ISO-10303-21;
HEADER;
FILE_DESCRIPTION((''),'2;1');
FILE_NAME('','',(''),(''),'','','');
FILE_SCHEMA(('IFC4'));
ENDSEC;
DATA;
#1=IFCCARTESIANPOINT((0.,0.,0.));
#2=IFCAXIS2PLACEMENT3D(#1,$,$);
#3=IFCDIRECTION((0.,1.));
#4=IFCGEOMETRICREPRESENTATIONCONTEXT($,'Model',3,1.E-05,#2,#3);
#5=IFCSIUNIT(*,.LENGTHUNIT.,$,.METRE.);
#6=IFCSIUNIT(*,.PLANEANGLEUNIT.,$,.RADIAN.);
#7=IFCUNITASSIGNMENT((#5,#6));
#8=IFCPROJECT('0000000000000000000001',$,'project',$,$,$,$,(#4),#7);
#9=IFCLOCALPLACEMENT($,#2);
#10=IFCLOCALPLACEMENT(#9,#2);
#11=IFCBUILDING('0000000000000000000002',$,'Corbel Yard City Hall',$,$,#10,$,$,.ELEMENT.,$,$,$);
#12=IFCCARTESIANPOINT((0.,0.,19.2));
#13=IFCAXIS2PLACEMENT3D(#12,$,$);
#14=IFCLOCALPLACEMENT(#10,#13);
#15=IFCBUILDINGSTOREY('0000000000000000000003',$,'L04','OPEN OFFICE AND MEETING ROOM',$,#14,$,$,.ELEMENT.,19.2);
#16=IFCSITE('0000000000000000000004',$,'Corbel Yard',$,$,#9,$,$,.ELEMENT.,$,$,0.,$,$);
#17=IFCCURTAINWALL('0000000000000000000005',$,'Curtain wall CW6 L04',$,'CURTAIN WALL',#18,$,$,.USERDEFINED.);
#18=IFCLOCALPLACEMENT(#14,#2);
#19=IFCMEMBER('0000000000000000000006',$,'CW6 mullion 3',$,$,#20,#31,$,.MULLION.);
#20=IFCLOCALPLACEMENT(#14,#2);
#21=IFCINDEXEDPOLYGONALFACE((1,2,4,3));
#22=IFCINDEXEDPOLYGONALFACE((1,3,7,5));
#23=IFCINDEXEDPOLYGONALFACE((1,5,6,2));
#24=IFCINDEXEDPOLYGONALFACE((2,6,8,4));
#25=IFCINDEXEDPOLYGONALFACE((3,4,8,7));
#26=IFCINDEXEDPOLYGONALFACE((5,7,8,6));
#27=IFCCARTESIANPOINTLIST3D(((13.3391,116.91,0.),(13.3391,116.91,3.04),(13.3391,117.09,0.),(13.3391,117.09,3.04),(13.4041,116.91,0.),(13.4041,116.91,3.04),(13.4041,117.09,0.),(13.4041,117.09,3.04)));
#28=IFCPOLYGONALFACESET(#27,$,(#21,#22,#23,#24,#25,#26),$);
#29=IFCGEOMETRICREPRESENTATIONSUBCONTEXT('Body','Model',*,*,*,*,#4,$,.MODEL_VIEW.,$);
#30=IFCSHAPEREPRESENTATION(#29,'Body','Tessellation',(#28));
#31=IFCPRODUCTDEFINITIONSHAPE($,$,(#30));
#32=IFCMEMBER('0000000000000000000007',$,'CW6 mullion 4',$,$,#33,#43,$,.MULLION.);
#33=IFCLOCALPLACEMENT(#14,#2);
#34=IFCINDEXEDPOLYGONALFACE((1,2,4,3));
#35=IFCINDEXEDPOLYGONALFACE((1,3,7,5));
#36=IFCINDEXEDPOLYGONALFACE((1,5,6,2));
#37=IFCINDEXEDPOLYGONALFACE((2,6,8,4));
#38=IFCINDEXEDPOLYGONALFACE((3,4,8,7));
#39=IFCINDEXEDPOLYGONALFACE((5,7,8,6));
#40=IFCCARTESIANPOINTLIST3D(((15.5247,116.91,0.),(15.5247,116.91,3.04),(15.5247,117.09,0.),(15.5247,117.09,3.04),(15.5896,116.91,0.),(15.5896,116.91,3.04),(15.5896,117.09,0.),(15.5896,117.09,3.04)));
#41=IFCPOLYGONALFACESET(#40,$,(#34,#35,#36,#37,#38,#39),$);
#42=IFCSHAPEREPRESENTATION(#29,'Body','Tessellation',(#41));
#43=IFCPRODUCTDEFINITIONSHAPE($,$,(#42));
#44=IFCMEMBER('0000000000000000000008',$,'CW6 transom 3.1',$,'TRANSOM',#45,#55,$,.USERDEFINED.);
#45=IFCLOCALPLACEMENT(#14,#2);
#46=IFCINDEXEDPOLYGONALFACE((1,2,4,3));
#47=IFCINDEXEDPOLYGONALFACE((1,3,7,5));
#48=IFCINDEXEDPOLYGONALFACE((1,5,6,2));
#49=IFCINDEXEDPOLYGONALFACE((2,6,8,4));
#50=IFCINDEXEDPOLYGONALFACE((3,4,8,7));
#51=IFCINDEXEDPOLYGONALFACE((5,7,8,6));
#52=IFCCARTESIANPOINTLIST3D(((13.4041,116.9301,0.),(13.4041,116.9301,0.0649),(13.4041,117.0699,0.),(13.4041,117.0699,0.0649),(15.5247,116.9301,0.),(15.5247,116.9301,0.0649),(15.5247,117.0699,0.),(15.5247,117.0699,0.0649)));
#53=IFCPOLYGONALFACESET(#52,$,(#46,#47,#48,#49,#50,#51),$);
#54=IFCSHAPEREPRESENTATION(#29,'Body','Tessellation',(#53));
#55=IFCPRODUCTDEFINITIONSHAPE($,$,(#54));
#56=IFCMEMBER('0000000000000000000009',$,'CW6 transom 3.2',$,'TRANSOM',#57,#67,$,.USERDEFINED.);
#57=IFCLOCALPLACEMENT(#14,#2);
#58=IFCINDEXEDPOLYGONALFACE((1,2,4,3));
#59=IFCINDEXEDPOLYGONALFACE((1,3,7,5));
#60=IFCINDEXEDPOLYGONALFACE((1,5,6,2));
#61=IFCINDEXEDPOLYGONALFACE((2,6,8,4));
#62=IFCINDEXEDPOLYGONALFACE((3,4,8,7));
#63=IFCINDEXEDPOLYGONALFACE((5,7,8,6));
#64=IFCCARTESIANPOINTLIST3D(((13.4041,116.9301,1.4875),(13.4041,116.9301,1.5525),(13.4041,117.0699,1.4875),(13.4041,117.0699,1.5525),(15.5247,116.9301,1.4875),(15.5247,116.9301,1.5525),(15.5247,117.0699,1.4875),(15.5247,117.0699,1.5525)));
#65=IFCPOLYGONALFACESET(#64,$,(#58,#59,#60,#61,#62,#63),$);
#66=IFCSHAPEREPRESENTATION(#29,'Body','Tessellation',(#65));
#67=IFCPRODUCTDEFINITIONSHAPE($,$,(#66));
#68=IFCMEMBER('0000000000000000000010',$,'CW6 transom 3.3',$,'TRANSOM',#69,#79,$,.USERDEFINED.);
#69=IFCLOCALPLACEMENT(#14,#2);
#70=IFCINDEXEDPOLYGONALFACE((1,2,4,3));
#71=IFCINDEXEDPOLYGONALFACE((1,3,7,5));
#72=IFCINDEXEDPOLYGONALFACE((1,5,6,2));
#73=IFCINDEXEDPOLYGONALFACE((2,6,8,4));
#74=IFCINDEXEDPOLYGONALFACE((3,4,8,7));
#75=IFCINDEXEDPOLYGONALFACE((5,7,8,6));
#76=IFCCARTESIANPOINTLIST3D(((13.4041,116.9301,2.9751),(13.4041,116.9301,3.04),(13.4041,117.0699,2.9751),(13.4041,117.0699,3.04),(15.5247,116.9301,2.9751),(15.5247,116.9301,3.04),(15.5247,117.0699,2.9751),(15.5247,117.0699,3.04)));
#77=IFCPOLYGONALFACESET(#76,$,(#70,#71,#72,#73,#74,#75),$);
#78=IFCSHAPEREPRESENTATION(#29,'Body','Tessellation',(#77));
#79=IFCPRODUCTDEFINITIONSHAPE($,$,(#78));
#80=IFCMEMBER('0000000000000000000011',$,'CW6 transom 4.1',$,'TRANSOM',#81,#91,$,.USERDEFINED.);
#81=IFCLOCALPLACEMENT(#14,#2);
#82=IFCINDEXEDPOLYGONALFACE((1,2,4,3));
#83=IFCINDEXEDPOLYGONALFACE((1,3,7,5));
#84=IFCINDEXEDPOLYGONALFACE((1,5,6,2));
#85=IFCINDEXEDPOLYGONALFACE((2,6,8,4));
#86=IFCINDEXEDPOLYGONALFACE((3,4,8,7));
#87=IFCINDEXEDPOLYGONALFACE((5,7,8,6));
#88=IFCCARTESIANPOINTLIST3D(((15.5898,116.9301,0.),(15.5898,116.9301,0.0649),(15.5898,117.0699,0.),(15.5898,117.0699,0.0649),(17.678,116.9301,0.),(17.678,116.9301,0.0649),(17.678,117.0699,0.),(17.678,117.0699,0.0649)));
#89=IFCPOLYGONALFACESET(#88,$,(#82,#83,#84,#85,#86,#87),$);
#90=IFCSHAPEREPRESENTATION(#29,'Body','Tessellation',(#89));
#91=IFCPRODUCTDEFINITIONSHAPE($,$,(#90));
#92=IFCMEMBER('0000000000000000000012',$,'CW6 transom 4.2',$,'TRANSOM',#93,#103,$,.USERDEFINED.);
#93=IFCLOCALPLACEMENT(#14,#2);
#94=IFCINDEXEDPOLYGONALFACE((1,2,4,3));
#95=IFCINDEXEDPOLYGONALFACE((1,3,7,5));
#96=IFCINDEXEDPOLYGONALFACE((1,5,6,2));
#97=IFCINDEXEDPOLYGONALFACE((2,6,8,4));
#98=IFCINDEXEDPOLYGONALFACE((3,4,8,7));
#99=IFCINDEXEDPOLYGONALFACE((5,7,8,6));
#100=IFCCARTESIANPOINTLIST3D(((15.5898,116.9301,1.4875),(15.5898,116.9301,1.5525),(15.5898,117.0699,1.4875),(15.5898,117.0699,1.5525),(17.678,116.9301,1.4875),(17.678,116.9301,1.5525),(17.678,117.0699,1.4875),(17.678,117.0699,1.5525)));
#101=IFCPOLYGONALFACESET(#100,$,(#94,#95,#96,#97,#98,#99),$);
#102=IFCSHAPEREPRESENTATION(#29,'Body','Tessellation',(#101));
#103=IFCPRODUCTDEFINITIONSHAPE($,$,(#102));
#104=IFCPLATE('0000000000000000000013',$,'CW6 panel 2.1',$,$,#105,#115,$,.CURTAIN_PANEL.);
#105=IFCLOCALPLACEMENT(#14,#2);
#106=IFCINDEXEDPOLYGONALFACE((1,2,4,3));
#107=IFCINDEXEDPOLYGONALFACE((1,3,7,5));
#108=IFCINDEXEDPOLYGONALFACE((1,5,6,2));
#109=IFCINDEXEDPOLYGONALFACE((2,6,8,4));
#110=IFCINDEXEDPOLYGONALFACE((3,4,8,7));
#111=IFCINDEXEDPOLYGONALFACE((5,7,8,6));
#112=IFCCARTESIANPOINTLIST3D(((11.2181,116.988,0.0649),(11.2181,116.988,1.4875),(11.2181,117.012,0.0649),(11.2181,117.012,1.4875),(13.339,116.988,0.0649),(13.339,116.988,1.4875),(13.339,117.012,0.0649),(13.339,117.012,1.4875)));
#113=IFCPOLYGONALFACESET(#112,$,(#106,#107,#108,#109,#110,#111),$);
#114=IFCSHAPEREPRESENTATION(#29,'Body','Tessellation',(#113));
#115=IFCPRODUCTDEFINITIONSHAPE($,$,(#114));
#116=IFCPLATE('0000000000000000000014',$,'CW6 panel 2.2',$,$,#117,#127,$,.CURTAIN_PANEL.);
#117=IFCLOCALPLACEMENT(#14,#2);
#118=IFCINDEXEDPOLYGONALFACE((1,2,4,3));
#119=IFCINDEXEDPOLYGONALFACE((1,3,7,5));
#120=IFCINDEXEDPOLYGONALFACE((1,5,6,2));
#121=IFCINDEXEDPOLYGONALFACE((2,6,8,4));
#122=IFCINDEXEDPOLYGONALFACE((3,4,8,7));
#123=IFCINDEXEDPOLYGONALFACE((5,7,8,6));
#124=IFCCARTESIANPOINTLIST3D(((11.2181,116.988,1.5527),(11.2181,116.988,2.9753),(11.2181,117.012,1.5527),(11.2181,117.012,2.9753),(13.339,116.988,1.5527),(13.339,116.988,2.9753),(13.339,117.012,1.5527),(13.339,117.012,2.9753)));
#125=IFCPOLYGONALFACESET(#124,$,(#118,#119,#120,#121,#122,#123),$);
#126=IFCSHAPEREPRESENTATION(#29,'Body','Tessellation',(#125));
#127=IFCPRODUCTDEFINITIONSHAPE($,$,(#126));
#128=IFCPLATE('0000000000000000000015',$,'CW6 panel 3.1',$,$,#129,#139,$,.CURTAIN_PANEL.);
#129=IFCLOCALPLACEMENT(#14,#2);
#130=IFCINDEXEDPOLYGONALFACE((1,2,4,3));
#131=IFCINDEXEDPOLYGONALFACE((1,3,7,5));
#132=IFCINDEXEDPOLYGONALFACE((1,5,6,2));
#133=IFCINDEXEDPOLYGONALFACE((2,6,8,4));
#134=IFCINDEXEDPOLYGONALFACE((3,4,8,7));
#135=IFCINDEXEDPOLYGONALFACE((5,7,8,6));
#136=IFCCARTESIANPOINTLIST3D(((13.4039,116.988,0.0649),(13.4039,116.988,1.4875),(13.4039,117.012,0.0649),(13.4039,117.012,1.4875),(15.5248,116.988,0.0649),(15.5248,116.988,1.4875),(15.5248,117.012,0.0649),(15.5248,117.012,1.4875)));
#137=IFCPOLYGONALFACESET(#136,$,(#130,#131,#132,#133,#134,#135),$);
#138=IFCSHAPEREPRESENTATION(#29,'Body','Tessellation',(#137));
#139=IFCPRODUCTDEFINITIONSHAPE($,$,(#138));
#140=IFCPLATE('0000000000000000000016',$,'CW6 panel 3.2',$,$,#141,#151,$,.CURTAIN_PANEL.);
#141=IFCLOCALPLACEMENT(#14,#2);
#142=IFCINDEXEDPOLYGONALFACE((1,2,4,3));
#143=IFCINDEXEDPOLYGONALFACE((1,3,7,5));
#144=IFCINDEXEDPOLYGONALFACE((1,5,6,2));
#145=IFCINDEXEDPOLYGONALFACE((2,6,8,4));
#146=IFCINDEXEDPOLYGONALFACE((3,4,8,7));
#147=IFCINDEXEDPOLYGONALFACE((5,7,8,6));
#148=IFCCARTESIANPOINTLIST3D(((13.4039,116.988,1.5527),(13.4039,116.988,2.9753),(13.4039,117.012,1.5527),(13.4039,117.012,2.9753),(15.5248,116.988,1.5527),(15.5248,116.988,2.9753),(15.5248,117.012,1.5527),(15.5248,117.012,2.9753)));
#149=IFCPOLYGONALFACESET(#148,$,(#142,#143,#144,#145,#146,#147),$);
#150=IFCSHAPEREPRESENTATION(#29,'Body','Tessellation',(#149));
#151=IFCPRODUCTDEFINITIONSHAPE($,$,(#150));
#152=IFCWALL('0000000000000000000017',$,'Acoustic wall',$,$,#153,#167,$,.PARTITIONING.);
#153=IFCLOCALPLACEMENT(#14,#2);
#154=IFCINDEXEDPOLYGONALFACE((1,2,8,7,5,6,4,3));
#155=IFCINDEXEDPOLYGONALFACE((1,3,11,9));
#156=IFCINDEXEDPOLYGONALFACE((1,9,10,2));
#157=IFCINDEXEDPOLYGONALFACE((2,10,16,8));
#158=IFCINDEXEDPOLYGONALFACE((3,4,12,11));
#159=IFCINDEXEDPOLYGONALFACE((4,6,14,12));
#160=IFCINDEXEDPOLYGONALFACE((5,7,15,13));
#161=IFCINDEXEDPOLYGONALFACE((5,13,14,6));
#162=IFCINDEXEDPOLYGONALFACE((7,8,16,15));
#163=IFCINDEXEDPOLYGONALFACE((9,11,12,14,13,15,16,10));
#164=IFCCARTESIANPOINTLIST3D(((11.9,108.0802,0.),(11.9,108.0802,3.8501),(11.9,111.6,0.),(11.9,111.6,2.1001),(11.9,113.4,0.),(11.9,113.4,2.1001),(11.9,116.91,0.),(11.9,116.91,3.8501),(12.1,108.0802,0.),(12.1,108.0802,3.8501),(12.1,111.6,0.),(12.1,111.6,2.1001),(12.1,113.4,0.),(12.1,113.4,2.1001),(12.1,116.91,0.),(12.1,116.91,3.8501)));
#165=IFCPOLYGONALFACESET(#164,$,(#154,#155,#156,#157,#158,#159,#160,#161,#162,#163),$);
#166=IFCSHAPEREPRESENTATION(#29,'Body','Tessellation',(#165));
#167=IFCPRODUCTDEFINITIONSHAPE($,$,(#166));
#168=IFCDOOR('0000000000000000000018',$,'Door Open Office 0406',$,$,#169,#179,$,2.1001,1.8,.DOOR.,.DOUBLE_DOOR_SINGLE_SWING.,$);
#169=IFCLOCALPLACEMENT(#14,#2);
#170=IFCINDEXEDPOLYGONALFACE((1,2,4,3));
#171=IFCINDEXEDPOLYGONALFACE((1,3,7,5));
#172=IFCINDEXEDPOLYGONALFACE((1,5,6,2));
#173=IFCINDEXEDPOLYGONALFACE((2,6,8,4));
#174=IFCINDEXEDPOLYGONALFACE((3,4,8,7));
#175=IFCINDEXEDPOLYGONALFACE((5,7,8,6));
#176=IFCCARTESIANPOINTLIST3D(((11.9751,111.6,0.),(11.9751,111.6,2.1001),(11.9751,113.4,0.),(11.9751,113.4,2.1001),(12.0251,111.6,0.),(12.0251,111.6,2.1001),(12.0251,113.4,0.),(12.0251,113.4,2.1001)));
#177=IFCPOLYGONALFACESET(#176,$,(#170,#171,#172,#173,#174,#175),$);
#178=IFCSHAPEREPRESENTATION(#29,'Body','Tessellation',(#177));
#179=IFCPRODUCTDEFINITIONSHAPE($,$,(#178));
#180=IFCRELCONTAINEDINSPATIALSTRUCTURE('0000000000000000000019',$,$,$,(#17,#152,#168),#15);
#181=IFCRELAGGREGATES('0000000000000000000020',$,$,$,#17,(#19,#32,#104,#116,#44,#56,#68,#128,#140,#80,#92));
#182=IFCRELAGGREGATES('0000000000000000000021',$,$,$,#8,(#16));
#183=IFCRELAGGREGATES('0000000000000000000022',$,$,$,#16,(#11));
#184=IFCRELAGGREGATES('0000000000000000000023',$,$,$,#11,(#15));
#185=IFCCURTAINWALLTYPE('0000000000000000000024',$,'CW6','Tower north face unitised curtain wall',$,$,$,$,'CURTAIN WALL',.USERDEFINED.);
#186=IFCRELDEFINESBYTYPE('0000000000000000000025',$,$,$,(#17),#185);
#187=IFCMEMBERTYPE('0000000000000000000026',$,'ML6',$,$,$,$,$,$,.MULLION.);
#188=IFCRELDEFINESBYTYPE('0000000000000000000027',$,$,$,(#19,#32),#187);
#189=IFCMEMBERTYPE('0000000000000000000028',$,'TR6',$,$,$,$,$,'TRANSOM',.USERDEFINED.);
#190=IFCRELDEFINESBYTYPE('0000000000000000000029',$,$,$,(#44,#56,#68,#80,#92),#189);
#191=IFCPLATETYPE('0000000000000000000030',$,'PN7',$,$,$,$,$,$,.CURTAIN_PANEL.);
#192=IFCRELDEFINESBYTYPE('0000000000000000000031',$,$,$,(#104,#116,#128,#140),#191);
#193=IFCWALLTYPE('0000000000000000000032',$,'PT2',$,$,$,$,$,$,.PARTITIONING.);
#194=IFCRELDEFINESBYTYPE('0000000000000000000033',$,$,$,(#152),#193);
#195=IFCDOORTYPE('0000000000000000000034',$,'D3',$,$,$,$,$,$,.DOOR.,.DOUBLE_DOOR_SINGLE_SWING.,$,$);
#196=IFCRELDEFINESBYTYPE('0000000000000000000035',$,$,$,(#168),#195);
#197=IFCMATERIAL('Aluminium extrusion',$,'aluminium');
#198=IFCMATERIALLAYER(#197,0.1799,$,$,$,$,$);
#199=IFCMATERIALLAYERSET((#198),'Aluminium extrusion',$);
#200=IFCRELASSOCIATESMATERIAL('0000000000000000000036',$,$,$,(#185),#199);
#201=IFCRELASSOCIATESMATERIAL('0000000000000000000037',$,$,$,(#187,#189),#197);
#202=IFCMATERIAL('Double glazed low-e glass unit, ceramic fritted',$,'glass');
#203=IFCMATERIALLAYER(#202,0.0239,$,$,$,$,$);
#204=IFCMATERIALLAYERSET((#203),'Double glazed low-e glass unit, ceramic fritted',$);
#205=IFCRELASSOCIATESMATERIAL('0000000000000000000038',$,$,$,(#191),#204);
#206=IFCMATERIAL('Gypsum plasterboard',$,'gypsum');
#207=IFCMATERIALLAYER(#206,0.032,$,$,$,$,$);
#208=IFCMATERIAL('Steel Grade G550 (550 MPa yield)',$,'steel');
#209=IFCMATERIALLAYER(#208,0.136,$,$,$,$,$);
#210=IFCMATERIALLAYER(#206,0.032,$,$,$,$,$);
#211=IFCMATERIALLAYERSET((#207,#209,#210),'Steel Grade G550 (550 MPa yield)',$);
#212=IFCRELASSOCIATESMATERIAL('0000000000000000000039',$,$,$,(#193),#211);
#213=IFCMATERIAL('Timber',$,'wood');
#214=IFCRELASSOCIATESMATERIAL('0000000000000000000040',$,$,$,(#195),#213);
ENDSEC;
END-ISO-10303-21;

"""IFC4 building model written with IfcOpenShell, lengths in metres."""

from ifc_helpers import new_model, si_unit, direction, frame, frame_2d, origin, origin_2d, place, context, subcontext, project, spatial, rectangle, extrude, material, layer, layer_set, material_profile, profile_set, type_object, element, fill, aggregate, save


model = new_model("IFC4")

# Units and contexts
model_context = context("Model", 3, precision=1e-05, world=origin(), true_north=direction((0.0, 1.0)))
body_context = subcontext(model_context, "Body", "Model", "MODEL_VIEW")
ifc_project = project(units=[si_unit("LENGTHUNIT", "METRE"), si_unit("PLANEANGLEUNIT", "RADIAN")], contexts=[model_context])

# Site, building, storey
site_placement = place(None, origin())
site = spatial("IfcSite", under=ifc_project, at=site_placement, Name="Corbel Yard", CompositionType="ELEMENT", RefElevation=0.0)
building_placement = place(site_placement, origin())
building = spatial("IfcBuilding", under=site, at=building_placement, Name="Corbel Yard City Hall", CompositionType="ELEMENT")
storey_placement = place(building_placement, frame((0.0, 0.0, 19.2)))
storey = spatial("IfcBuildingStorey", under=building, at=storey_placement, Name="L04", Description="OPEN OFFICE AND MEETING ROOM", CompositionType="ELEMENT", Elevation=19.2)

# Curtain wall, members, plates
ifc_material_1 = material(Name="Aluminium extrusion", Category="aluminium")
ifc_layer_1 = layer(ifc_material_1, 0.1799)
ifc_layer_set_1 = layer_set([ifc_layer_1], Name="Aluminium extrusion")
curtain_wall_type = type_object("IfcCurtainWallType", Name="CW6", Description="Tower north face unitised curtain wall", ElementType="CURTAIN WALL", PredefinedType="USERDEFINED", material=ifc_layer_set_1)
curtain_wall_placement = place(storey_placement, origin())
curtain_wall = element("IfcCurtainWall", 1, at=curtain_wall_placement, inside=storey, type_object=curtain_wall_type, Name="Curtain wall CW6 L04", ObjectType="CURTAIN WALL", PredefinedType="USERDEFINED")
ifc_material_profile_1 = material_profile(ifc_material_1, rectangle(XDim=0.1799, YDim=0.0649, at=origin_2d()), Name="180x65")
ifc_profile_set_1 = profile_set([ifc_material_profile_1], Name="Aluminium extrusion")
member_type_1 = type_object("IfcMemberType", Name="ML6", PredefinedType="MULLION", material=ifc_profile_set_1)
member_1_placement = place(storey_placement, frame((13.3716, 117.0, 0.0), z_axis=(0.0, 0.0, 1.0), x_axis=(0.0, 1.0, 0.0)))
member_1 = element("IfcMember", 2, at=member_1_placement, type_object=member_type_1, Name="CW6 mullion 3", PredefinedType="MULLION", context=body_context, shape_type="SweptSolid", body=[
    extrude(rectangle(XDim=0.1799, YDim=0.0649, at=origin_2d()), origin(), (0.0, 0.0, 1.0), 3.04),
])
member_2_placement = place(storey_placement, frame((15.5571, 117.0, 0.0), z_axis=(0.0, 0.0, 1.0), x_axis=(0.0, 1.0, 0.0)))
member_2 = element("IfcMember", 3, at=member_2_placement, type_object=member_type_1, Name="CW6 mullion 4", PredefinedType="MULLION", context=body_context, shape_type="SweptSolid", body=[
    extrude(rectangle(XDim=0.1799, YDim=0.0649, at=origin_2d()), origin(), (0.0, 0.0, 1.0), 3.04),
])
ifc_material_profile_2 = material_profile(ifc_material_1, rectangle(XDim=0.1399, YDim=0.0649, at=origin_2d()), Name="140x65")
ifc_profile_set_2 = profile_set([ifc_material_profile_2], Name="Aluminium extrusion")
member_type_2 = type_object("IfcMemberType", Name="TR6", ElementType="TRANSOM", PredefinedType="USERDEFINED", material=ifc_profile_set_2)
member_3_placement = place(storey_placement, frame((13.4041, 117.0, 0.0325), z_axis=(1.0, 0.0, 0.0), x_axis=(0.0, 1.0, 0.0)))
member_3 = element("IfcMember", 4, at=member_3_placement, type_object=member_type_2, Name="CW6 transom 3.1", ObjectType="TRANSOM", PredefinedType="USERDEFINED", context=body_context, shape_type="SweptSolid", body=[
    extrude(rectangle(XDim=0.1399, YDim=0.0649, at=origin_2d()), origin(), (0.0, 0.0, 1.0), 2.1206),
])
member_4_placement = place(storey_placement, frame((13.4041, 117.0, 1.52), z_axis=(1.0, 0.0, 0.0), x_axis=(0.0, 1.0, 0.0)))
member_4 = element("IfcMember", 5, at=member_4_placement, type_object=member_type_2, Name="CW6 transom 3.2", ObjectType="TRANSOM", PredefinedType="USERDEFINED", context=body_context, shape_type="SweptSolid", body=[
    extrude(rectangle(XDim=0.1399, YDim=0.0649, at=origin_2d()), origin(), (0.0, 0.0, 1.0), 2.1206),
])
member_5_placement = place(storey_placement, frame((13.4041, 117.0, 3.0076), z_axis=(1.0, 0.0, 0.0), x_axis=(0.0, 1.0, 0.0)))
member_5 = element("IfcMember", 6, at=member_5_placement, type_object=member_type_2, Name="CW6 transom 3.3", ObjectType="TRANSOM", PredefinedType="USERDEFINED", context=body_context, shape_type="SweptSolid", body=[
    extrude(rectangle(XDim=0.1399, YDim=0.0649, at=origin_2d()), origin(), (0.0, 0.0, 1.0), 2.1206),
])
member_6_placement = place(storey_placement, frame((15.5898, 117.0, 0.0325), z_axis=(1.0, 0.0, 0.0), x_axis=(0.0, 1.0, 0.0)))
member_6 = element("IfcMember", 7, at=member_6_placement, type_object=member_type_2, Name="CW6 transom 4.1", ObjectType="TRANSOM", PredefinedType="USERDEFINED", context=body_context, shape_type="SweptSolid", body=[
    extrude(rectangle(XDim=0.1399, YDim=0.0649, at=origin_2d()), origin(), (0.0, 0.0, 1.0), 2.0881),
])
member_7_placement = place(storey_placement, frame((15.5898, 117.0, 1.52), z_axis=(1.0, 0.0, 0.0), x_axis=(0.0, 1.0, 0.0)))
member_7 = element("IfcMember", 8, at=member_7_placement, type_object=member_type_2, Name="CW6 transom 4.2", ObjectType="TRANSOM", PredefinedType="USERDEFINED", context=body_context, shape_type="SweptSolid", body=[
    extrude(rectangle(XDim=0.1399, YDim=0.0649, at=origin_2d()), origin(), (0.0, 0.0, 1.0), 2.0881),
])
ifc_material_2 = material(Name="Double glazed low-e glass unit, ceramic fritted", Category="glass")
ifc_layer_2 = layer(ifc_material_2, 0.0239)
ifc_layer_set_2 = layer_set([ifc_layer_2], Name="Double glazed low-e glass unit, ceramic fritted")
plate_type = type_object("IfcPlateType", Name="PN7", PredefinedType="CURTAIN_PANEL", material=ifc_layer_set_2)
plate_1_placement = place(storey_placement, frame((12.2786, 117.0, 0.0649), z_axis=(0.0, 0.0, 1.0), x_axis=(1.0, 0.0, 0.0)))
plate_1 = element("IfcPlate", 9, at=plate_1_placement, type_object=plate_type, Name="CW6 panel 2.1", PredefinedType="CURTAIN_PANEL", context=body_context, shape_type="SweptSolid", body=[
    extrude(rectangle(XDim=2.1208, YDim=0.0239, at=origin_2d()), origin(), (0.0, 0.0, 1.0), 1.4226),
])
plate_2_placement = place(storey_placement, frame((12.2786, 117.0, 1.5527), z_axis=(0.0, 0.0, 1.0), x_axis=(1.0, 0.0, 0.0)))
plate_2 = element("IfcPlate", 10, at=plate_2_placement, type_object=plate_type, Name="CW6 panel 2.2", PredefinedType="CURTAIN_PANEL", context=body_context, shape_type="SweptSolid", body=[
    extrude(rectangle(XDim=2.1208, YDim=0.0239, at=origin_2d()), origin(), (0.0, 0.0, 1.0), 1.4226),
])
plate_3_placement = place(storey_placement, frame((14.4644, 117.0, 0.0649), z_axis=(0.0, 0.0, 1.0), x_axis=(1.0, 0.0, 0.0)))
plate_3 = element("IfcPlate", 11, at=plate_3_placement, type_object=plate_type, Name="CW6 panel 3.1", PredefinedType="CURTAIN_PANEL", context=body_context, shape_type="SweptSolid", body=[
    extrude(rectangle(XDim=2.1208, YDim=0.0239, at=origin_2d()), origin(), (0.0, 0.0, 1.0), 1.4226),
])
plate_4_placement = place(storey_placement, frame((14.4644, 117.0, 1.5527), z_axis=(0.0, 0.0, 1.0), x_axis=(1.0, 0.0, 0.0)))
plate_4 = element("IfcPlate", 12, at=plate_4_placement, type_object=plate_type, Name="CW6 panel 3.2", PredefinedType="CURTAIN_PANEL", context=body_context, shape_type="SweptSolid", body=[
    extrude(rectangle(XDim=2.1208, YDim=0.0239, at=origin_2d()), origin(), (0.0, 0.0, 1.0), 1.4226),
])
aggregate(curtain_wall, [member_1, member_2, plate_1, plate_2, member_3, member_4, member_5, plate_3, plate_4, member_6, member_7])

# Wall, opening, door
ifc_material_3 = material(Name="Gypsum plasterboard", Category="gypsum")
ifc_layer_3 = layer(ifc_material_3, 0.032)
ifc_material_4 = material(Name="Steel Grade G550 (550 MPa yield)", Category="steel")
ifc_layer_4 = layer(ifc_material_4, 0.136)
ifc_layer_5 = layer(ifc_material_3, 0.032)
ifc_layer_set_3 = layer_set([ifc_layer_3, ifc_layer_4, ifc_layer_5], Name="Steel Grade G550 (550 MPa yield)")
wall_type_1 = type_object("IfcWallType", Name="PT2", PredefinedType="PARTITIONING", material=ifc_layer_set_3)
wall_1_placement = place(storey_placement, frame((12.0, 108.0801, 0.0), z_axis=(0.0, 0.0, 1.0), x_axis=(0.0, 1.0, 0.0)))
wall_1 = element("IfcWall", 13, at=wall_1_placement, inside=storey, type_object=wall_type_1, Name="Acoustic wall", PredefinedType="PARTITIONING", context=body_context, shape_type="SweptSolid", body=[
    extrude(rectangle(XDim=8.8298, YDim=0.2, at=frame_2d((4.415, 0.0))), origin(), (0.0, 0.0, 1.0), 3.8501),
])
opening_placement = place(wall_1_placement, frame((3.52, 0.0, 0.0)))
opening = element("IfcOpeningElement", 14, at=opening_placement, cuts=wall_1, PredefinedType="OPENING", context=body_context, shape_type="SweptSolid", body=[
    extrude(rectangle(XDim=1.8, YDim=2.1001, at=frame_2d((0.8999, 1.05))), frame((0.0, 0.1099, 0.0), z_axis=(0.0, -1.0, 0.0), x_axis=(1.0, 0.0, 0.0)), (0.0, 0.0, 1.0), 0.22),
])
ifc_material_5 = material(Name="Timber", Category="wood")
door_type = type_object("IfcDoorType", Name="D3", OperationType="DOUBLE_DOOR_SINGLE_SWING", PredefinedType="DOOR", material=ifc_material_5)
door_placement = place(opening_placement, origin())
door = element("IfcDoor", 15, at=door_placement, inside=storey, type_object=door_type, Name="Door Open Office 0406", OperationType="DOUBLE_DOOR_SINGLE_SWING", OverallHeight=2.1001, OverallWidth=1.8, PredefinedType="DOOR", context=body_context, shape_type="SweptSolid", body=[
    extrude(rectangle(XDim=1.8, YDim=2.1001, at=frame_2d((0.8999, 1.05))), frame((0.0, 0.0249, 0.0), z_axis=(0.0, -1.0, 0.0), x_axis=(1.0, 0.0, 0.0)), (0.0, 0.0, 1.0), 0.05),
])
fill(opening, door)

save(model, "model.ifc")
